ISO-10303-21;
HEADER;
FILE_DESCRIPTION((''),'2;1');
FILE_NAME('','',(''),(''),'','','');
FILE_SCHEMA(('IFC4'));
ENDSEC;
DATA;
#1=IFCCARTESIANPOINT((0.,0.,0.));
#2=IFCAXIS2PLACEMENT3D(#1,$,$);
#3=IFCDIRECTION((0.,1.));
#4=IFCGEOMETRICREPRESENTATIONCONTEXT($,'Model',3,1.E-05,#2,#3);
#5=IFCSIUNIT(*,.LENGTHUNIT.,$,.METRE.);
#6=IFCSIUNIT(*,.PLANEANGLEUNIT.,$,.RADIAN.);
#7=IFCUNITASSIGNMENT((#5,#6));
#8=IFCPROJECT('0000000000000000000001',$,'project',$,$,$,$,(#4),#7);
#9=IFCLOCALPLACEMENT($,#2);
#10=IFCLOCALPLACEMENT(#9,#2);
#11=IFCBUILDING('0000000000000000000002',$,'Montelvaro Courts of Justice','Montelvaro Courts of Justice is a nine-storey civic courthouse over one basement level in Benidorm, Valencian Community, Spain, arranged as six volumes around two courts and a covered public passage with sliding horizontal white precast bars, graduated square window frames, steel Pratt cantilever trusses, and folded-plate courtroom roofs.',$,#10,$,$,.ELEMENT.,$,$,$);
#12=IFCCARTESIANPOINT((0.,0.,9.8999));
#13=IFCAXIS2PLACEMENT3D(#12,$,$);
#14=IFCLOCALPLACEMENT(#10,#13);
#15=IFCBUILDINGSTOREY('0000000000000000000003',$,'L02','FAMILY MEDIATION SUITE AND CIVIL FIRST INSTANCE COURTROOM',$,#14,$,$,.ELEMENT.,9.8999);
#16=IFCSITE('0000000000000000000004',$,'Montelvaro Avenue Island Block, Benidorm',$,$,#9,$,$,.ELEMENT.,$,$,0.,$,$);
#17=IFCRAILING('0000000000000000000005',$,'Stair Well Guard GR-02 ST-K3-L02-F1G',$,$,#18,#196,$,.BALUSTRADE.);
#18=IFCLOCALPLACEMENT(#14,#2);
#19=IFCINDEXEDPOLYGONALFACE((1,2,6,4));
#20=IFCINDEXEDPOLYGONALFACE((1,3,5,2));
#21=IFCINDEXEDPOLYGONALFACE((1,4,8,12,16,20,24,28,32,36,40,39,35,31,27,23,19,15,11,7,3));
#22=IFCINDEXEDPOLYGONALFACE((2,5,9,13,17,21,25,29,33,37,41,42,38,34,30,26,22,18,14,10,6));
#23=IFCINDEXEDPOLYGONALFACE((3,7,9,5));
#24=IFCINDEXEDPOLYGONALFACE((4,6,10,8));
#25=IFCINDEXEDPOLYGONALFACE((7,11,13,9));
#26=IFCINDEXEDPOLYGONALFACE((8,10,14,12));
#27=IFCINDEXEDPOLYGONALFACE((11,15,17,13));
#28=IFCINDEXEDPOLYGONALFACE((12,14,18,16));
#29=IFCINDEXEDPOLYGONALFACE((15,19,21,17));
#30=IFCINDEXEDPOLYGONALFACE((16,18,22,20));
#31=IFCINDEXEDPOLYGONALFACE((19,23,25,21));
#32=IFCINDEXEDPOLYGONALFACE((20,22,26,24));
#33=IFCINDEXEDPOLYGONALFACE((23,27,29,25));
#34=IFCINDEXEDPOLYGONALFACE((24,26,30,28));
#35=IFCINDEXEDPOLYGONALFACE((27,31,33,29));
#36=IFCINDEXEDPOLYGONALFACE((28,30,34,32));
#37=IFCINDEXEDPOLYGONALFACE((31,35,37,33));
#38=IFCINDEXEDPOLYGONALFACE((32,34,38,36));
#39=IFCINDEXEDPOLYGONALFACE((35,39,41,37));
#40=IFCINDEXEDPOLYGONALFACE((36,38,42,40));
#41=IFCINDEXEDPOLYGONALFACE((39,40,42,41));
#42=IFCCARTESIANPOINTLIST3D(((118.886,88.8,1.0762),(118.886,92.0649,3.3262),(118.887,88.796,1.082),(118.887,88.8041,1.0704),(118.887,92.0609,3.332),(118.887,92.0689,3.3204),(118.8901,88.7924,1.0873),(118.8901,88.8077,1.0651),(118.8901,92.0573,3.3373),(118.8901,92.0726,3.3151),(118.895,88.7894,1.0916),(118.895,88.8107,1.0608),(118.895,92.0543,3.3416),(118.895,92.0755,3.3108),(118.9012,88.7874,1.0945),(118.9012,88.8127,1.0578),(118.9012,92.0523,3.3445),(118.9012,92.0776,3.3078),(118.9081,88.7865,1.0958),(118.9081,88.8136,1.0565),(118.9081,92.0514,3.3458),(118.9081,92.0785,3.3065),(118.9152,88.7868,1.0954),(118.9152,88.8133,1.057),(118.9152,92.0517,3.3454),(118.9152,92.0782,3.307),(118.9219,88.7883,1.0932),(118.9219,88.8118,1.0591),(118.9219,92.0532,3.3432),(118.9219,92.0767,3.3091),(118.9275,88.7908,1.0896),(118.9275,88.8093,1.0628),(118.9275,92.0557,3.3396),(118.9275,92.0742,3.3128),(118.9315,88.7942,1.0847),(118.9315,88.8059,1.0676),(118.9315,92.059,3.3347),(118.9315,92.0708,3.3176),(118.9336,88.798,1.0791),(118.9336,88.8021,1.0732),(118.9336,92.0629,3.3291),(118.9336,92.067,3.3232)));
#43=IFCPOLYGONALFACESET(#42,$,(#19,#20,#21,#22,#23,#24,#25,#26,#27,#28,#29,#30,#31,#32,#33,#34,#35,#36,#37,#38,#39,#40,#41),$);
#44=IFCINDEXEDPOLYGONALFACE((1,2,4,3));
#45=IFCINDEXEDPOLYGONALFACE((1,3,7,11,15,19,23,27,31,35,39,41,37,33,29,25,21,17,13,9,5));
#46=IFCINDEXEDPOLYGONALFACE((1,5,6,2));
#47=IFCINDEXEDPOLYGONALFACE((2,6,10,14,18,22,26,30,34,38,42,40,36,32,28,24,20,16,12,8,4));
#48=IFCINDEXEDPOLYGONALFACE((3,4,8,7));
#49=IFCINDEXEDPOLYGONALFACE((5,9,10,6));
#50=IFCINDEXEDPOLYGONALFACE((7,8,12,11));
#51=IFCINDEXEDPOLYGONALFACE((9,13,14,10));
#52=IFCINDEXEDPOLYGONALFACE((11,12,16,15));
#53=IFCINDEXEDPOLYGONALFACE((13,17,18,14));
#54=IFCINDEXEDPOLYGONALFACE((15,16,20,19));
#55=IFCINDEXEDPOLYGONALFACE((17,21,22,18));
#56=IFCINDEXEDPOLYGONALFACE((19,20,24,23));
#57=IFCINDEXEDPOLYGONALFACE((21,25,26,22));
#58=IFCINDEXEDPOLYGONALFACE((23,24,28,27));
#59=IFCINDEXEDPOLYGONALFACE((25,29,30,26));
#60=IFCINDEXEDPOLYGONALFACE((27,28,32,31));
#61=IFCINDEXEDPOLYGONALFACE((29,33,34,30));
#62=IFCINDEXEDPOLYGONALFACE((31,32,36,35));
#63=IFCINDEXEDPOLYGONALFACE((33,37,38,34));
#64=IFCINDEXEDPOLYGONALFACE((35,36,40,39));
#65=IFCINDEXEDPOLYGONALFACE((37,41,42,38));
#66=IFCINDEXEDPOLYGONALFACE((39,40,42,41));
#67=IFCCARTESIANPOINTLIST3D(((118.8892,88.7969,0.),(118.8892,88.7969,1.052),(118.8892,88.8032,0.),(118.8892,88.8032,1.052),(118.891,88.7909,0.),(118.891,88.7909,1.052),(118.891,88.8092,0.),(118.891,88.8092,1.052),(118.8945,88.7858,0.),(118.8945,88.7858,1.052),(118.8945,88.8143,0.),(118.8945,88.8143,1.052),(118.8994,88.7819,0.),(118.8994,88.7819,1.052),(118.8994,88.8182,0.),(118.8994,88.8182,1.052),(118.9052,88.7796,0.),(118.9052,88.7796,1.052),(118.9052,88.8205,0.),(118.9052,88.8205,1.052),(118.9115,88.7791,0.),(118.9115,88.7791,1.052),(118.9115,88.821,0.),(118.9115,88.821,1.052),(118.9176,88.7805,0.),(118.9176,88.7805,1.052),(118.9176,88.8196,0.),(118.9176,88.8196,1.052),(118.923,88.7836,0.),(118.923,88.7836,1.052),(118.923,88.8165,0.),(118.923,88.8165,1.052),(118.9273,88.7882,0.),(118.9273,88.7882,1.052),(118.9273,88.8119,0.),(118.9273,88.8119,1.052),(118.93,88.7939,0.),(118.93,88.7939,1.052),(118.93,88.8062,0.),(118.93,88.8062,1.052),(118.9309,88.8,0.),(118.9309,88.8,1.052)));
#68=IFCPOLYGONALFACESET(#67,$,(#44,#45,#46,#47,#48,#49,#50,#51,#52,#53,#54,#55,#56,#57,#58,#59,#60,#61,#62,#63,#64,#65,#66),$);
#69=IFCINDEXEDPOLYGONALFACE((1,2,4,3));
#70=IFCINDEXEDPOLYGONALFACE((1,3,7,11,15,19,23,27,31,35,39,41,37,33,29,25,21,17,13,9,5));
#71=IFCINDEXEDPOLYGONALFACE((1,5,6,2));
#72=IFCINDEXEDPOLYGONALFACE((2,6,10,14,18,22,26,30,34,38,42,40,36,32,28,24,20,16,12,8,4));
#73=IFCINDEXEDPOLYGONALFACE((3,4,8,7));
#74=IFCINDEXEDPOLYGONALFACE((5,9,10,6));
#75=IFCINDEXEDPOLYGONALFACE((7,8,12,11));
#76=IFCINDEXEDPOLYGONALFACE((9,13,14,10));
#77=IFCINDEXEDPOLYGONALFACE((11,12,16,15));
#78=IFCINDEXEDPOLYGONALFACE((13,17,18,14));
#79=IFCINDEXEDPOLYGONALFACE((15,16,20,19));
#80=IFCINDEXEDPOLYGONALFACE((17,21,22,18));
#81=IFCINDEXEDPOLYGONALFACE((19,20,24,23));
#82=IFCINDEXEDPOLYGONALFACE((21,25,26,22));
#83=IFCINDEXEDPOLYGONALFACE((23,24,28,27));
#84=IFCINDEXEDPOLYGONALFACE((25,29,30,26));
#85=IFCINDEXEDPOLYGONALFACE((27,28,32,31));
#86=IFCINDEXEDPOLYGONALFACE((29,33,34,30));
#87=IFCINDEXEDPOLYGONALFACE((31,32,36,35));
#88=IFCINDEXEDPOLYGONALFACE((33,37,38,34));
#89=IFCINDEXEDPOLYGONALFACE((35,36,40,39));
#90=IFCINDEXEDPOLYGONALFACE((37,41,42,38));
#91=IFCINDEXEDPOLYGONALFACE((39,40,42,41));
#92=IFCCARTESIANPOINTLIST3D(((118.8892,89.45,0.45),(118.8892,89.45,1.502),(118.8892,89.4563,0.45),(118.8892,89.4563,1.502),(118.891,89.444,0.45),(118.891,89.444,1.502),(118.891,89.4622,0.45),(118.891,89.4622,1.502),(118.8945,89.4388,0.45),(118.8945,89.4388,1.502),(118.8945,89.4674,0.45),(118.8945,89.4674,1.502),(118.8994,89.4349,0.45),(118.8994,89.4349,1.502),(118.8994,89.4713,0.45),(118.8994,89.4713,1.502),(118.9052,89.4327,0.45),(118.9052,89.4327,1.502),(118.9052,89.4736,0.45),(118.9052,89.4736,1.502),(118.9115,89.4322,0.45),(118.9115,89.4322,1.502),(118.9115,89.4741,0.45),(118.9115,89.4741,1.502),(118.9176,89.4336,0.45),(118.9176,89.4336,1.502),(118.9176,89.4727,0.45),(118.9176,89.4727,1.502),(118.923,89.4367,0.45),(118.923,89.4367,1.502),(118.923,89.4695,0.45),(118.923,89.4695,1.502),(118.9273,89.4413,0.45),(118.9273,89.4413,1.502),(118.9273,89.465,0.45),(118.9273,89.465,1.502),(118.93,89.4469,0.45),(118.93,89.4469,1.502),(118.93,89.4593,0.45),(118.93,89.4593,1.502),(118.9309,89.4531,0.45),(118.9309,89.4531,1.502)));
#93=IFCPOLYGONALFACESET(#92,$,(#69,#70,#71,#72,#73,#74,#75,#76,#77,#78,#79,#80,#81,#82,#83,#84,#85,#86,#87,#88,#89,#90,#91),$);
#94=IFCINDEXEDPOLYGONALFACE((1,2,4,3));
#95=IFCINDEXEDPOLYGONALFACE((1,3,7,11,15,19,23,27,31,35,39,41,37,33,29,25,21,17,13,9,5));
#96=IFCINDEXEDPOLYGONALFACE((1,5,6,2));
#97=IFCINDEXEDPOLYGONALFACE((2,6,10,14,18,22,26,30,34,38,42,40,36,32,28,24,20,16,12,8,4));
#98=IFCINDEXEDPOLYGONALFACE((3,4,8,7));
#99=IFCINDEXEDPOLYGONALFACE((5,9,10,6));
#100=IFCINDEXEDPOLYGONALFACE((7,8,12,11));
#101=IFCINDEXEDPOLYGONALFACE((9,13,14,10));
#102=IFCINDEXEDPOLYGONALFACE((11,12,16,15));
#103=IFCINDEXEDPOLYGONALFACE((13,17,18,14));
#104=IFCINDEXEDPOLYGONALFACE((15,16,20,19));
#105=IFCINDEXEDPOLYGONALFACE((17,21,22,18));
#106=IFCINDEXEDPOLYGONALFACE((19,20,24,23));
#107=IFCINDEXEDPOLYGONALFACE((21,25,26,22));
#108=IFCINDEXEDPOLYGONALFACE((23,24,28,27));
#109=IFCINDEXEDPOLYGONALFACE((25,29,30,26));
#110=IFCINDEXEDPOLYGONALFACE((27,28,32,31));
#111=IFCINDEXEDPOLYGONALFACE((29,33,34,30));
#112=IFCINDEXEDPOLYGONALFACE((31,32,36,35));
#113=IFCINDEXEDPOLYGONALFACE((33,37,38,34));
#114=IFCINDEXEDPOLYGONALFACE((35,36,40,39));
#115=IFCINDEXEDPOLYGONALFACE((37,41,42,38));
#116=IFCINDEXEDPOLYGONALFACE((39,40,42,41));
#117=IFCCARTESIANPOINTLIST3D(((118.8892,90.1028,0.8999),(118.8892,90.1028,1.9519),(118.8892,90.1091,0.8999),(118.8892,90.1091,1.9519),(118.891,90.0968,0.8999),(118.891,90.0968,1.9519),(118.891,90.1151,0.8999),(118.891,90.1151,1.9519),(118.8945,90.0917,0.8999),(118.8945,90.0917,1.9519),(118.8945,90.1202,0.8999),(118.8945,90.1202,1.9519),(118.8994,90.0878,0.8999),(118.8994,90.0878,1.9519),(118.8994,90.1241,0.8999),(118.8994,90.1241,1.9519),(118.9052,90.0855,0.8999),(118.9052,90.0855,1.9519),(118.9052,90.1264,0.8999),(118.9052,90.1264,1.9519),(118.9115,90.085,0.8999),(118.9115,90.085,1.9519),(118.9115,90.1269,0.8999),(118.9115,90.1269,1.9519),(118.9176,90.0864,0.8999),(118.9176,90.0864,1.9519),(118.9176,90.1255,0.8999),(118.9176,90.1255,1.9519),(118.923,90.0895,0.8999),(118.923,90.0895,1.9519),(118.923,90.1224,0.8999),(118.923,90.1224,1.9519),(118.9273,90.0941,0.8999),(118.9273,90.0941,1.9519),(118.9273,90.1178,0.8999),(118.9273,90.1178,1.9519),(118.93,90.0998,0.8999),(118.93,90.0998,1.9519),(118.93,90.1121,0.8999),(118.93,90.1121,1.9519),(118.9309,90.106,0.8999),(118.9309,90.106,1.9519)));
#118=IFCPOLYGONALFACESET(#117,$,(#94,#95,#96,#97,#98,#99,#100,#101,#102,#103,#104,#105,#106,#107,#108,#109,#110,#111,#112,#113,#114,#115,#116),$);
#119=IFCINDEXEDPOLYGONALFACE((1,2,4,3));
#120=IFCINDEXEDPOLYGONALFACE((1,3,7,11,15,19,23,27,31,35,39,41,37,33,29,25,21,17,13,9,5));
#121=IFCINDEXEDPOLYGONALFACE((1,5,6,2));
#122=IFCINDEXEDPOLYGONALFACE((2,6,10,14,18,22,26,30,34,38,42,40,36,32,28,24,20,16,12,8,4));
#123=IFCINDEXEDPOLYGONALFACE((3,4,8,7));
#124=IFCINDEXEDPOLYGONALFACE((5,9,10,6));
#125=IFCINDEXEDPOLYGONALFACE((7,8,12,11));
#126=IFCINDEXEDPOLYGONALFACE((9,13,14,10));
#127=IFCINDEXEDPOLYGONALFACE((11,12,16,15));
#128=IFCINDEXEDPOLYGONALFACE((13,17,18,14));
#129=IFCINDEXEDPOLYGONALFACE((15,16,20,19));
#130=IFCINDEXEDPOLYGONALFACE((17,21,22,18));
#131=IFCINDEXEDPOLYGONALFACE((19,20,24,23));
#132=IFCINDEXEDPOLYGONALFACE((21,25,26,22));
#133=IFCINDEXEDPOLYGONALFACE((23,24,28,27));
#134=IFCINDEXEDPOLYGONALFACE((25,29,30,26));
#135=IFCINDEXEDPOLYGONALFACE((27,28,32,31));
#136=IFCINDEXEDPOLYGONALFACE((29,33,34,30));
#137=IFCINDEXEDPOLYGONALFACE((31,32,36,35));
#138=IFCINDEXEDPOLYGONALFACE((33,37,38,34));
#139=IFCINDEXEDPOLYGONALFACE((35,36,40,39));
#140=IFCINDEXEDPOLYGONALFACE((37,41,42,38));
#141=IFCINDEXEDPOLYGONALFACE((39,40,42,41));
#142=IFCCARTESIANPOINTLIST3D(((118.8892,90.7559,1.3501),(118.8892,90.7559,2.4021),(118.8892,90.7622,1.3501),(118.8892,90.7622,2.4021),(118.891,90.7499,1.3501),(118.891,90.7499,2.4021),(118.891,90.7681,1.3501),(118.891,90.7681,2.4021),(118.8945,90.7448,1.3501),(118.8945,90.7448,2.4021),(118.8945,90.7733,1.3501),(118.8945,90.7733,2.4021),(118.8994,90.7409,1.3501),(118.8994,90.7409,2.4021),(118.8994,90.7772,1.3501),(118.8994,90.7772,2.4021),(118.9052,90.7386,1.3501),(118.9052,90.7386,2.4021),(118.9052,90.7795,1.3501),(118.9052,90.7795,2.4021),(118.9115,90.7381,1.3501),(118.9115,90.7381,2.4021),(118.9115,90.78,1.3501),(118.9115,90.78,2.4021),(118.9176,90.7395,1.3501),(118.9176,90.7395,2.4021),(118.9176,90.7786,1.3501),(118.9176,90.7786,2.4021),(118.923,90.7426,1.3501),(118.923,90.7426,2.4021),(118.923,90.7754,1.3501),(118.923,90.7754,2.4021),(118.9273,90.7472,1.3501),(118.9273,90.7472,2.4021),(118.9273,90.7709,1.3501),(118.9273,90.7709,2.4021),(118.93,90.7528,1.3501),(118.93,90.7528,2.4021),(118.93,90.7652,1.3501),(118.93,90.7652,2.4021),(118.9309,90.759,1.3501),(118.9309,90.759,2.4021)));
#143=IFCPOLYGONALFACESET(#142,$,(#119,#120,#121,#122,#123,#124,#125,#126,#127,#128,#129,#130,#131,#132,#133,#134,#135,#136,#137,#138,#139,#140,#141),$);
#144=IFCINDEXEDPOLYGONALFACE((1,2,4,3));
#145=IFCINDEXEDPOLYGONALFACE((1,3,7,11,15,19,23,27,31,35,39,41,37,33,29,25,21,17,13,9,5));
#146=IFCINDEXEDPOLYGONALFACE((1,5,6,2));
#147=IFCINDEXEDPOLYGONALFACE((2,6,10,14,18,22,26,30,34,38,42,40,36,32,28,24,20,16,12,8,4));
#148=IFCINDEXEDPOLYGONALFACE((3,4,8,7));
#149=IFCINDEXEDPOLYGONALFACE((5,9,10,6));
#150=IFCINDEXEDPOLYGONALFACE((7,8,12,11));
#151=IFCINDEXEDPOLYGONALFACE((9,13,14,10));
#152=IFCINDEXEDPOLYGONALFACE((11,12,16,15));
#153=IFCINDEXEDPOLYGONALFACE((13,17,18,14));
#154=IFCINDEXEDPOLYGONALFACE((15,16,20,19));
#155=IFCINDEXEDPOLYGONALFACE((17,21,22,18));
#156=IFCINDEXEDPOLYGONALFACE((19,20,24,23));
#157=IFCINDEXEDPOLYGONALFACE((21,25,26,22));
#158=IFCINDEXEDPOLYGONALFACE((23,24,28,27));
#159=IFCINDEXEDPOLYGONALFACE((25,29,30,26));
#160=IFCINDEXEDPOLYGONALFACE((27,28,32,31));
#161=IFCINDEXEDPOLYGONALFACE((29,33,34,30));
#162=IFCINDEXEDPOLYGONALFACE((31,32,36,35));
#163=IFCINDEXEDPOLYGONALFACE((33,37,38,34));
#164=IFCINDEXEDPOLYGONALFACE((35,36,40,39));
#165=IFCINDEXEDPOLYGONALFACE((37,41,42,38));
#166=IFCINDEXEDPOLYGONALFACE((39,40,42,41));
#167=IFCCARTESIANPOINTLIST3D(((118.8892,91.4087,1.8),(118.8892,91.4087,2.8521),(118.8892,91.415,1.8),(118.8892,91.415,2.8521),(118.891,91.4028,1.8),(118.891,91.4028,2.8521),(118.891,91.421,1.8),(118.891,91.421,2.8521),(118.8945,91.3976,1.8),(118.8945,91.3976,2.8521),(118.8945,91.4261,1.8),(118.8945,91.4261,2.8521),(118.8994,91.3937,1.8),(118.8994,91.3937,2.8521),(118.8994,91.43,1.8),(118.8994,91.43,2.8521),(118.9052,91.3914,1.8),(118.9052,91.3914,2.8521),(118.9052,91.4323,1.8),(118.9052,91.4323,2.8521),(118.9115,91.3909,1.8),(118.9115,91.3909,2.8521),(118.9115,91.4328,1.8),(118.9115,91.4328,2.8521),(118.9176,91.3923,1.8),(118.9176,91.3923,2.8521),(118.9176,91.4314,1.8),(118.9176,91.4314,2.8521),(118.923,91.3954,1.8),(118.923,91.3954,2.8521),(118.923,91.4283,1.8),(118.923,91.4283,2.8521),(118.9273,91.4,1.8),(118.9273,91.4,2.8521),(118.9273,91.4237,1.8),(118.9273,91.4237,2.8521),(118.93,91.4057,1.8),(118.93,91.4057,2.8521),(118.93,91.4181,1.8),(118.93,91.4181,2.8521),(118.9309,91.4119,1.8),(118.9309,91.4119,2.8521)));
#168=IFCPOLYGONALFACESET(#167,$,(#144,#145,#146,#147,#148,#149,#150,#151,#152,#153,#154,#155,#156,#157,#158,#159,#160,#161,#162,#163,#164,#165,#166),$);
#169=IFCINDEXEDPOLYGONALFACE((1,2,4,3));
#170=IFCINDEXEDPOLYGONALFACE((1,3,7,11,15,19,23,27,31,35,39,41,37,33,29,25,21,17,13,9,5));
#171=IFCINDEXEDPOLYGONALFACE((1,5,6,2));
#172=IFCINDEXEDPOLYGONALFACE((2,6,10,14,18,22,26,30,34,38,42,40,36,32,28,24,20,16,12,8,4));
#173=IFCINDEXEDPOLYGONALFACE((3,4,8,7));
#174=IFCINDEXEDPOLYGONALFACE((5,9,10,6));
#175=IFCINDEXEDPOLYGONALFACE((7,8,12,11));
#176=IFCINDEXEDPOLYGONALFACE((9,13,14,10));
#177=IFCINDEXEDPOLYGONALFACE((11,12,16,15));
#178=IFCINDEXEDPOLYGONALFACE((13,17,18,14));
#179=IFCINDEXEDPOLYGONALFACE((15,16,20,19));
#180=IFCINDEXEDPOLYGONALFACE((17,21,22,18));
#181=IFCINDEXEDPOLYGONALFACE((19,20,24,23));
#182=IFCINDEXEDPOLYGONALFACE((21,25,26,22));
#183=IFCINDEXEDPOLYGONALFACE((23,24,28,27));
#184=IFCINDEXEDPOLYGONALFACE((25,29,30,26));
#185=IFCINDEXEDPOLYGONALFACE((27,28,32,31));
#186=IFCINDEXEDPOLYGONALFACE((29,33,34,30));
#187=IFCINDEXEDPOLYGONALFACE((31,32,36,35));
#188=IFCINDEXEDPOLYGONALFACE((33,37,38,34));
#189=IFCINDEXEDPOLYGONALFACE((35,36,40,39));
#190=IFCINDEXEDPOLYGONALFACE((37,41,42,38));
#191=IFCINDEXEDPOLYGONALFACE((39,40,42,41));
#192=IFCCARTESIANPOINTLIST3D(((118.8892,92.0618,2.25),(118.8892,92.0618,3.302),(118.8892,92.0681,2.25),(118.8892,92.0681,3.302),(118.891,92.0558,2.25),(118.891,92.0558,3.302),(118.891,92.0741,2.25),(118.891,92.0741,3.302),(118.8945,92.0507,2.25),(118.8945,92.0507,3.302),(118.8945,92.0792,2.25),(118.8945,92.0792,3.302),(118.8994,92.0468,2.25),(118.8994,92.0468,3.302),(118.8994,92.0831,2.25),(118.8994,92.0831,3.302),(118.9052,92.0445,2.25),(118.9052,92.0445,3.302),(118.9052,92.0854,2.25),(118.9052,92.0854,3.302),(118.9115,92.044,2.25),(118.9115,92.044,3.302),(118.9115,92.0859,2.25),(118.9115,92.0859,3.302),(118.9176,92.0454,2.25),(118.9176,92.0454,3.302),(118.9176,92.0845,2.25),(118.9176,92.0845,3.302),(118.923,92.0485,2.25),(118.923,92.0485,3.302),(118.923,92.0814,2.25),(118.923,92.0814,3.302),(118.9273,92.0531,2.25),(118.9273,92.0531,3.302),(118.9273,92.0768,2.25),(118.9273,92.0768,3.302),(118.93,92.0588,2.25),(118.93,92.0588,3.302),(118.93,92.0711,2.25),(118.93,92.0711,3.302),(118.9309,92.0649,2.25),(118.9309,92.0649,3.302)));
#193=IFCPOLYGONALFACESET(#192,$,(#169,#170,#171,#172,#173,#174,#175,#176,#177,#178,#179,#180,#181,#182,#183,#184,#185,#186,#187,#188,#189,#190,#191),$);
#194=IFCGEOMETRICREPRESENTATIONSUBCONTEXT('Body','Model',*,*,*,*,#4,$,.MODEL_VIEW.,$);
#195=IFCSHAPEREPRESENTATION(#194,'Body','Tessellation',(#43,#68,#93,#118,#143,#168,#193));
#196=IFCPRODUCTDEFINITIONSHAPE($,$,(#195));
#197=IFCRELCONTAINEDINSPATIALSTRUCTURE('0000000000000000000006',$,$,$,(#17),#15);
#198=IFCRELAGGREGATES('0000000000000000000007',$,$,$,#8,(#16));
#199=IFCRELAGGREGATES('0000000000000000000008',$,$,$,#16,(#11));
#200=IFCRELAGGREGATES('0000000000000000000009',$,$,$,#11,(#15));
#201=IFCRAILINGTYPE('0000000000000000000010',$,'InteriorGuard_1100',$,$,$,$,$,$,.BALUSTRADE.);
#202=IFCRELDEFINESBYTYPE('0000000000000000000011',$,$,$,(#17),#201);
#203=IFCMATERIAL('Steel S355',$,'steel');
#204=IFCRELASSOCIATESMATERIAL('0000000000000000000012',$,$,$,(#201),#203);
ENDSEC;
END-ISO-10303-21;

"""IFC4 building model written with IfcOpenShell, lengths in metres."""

from ifc_helpers import new_model, si_unit, direction, frame, origin, origin_2d, place, context, subcontext, project, spatial, circle, extrude, material, type_object, element, save


model = new_model("IFC4")

# Units and contexts
model_context = context("Model", 3, precision=1e-05, world=origin(), true_north=direction((0.0, 1.0)))
body_context = subcontext(model_context, "Body", "Model", "MODEL_VIEW")
ifc_project = project(units=[si_unit("LENGTHUNIT", "METRE"), si_unit("PLANEANGLEUNIT", "RADIAN")], contexts=[model_context])

# Site, building, storey
site_placement = place(None, origin())
site = spatial("IfcSite", under=ifc_project, at=site_placement, Name="Montelvaro Avenue Island Block, Benidorm", CompositionType="ELEMENT", RefElevation=0.0)
building_placement = place(site_placement, origin())
building = spatial("IfcBuilding", under=site, at=building_placement, Name="Montelvaro Courts of Justice", Description="Montelvaro Courts of Justice is a nine-storey civic courthouse over one basement level in Benidorm, Valencian Community, Spain, arranged as six volumes around two courts and a covered public passage with sliding horizontal white precast bars, graduated square window frames, steel Pratt cantilever trusses, and folded-plate courtroom roofs.", CompositionType="ELEMENT")
storey_placement = place(building_placement, frame((0.0, 0.0, 9.8999)))
storey = spatial("IfcBuildingStorey", under=building, at=storey_placement, Name="L02", Description="FAMILY MEDIATION SUITE AND CIVIL FIRST INSTANCE COURTROOM", CompositionType="ELEMENT", Elevation=9.8999)

# Shared definitions
ifc_material_1 = material(Name="Steel S355", Category="steel")

# Railing
railing_type_1 = type_object("IfcRailingType", Name="InteriorGuard_1100", PredefinedType="BALUSTRADE", material=ifc_material_1)
railing_1_placement = place(storey_placement, frame((118.9099, 88.8, 0.0)))
element("IfcRailing", 1, at=railing_1_placement, inside=storey, type_object=railing_type_1, Name="Stair Well Guard GR-02 ST-K3-L02-F1G", PredefinedType="BALUSTRADE", context=body_context, shape_type="SweptSolid", body=[
    extrude(circle(Radius=0.0239, at=origin_2d()), frame((0.0, 0.0, 1.0762), z_axis=(0.0, 0.823407, 0.567451), x_axis=(-1.0, 0.0, 0.0)), (0.0, 0.0, 1.0), 3.9651),
    extrude(circle(Radius=0.021, at=origin_2d()), origin(), (0.0, 0.0, 1.0), 1.052),
    extrude(circle(Radius=0.021, at=origin_2d()), frame((0.0, 0.6531, 0.45)), (0.0, 0.0, 1.0), 1.052),
    extrude(circle(Radius=0.021, at=origin_2d()), frame((0.0, 1.3059, 0.8999)), (0.0, 0.0, 1.0), 1.052),
    extrude(circle(Radius=0.021, at=origin_2d()), frame((0.0, 1.959, 1.3501)), (0.0, 0.0, 1.0), 1.052),
    extrude(circle(Radius=0.021, at=origin_2d()), frame((0.0, 2.6118, 1.8)), (0.0, 0.0, 1.0), 1.052),
    extrude(circle(Radius=0.021, at=origin_2d()), frame((0.0, 3.2649, 2.25)), (0.0, 0.0, 1.0), 1.052),
])

save(model, "model.ifc")
